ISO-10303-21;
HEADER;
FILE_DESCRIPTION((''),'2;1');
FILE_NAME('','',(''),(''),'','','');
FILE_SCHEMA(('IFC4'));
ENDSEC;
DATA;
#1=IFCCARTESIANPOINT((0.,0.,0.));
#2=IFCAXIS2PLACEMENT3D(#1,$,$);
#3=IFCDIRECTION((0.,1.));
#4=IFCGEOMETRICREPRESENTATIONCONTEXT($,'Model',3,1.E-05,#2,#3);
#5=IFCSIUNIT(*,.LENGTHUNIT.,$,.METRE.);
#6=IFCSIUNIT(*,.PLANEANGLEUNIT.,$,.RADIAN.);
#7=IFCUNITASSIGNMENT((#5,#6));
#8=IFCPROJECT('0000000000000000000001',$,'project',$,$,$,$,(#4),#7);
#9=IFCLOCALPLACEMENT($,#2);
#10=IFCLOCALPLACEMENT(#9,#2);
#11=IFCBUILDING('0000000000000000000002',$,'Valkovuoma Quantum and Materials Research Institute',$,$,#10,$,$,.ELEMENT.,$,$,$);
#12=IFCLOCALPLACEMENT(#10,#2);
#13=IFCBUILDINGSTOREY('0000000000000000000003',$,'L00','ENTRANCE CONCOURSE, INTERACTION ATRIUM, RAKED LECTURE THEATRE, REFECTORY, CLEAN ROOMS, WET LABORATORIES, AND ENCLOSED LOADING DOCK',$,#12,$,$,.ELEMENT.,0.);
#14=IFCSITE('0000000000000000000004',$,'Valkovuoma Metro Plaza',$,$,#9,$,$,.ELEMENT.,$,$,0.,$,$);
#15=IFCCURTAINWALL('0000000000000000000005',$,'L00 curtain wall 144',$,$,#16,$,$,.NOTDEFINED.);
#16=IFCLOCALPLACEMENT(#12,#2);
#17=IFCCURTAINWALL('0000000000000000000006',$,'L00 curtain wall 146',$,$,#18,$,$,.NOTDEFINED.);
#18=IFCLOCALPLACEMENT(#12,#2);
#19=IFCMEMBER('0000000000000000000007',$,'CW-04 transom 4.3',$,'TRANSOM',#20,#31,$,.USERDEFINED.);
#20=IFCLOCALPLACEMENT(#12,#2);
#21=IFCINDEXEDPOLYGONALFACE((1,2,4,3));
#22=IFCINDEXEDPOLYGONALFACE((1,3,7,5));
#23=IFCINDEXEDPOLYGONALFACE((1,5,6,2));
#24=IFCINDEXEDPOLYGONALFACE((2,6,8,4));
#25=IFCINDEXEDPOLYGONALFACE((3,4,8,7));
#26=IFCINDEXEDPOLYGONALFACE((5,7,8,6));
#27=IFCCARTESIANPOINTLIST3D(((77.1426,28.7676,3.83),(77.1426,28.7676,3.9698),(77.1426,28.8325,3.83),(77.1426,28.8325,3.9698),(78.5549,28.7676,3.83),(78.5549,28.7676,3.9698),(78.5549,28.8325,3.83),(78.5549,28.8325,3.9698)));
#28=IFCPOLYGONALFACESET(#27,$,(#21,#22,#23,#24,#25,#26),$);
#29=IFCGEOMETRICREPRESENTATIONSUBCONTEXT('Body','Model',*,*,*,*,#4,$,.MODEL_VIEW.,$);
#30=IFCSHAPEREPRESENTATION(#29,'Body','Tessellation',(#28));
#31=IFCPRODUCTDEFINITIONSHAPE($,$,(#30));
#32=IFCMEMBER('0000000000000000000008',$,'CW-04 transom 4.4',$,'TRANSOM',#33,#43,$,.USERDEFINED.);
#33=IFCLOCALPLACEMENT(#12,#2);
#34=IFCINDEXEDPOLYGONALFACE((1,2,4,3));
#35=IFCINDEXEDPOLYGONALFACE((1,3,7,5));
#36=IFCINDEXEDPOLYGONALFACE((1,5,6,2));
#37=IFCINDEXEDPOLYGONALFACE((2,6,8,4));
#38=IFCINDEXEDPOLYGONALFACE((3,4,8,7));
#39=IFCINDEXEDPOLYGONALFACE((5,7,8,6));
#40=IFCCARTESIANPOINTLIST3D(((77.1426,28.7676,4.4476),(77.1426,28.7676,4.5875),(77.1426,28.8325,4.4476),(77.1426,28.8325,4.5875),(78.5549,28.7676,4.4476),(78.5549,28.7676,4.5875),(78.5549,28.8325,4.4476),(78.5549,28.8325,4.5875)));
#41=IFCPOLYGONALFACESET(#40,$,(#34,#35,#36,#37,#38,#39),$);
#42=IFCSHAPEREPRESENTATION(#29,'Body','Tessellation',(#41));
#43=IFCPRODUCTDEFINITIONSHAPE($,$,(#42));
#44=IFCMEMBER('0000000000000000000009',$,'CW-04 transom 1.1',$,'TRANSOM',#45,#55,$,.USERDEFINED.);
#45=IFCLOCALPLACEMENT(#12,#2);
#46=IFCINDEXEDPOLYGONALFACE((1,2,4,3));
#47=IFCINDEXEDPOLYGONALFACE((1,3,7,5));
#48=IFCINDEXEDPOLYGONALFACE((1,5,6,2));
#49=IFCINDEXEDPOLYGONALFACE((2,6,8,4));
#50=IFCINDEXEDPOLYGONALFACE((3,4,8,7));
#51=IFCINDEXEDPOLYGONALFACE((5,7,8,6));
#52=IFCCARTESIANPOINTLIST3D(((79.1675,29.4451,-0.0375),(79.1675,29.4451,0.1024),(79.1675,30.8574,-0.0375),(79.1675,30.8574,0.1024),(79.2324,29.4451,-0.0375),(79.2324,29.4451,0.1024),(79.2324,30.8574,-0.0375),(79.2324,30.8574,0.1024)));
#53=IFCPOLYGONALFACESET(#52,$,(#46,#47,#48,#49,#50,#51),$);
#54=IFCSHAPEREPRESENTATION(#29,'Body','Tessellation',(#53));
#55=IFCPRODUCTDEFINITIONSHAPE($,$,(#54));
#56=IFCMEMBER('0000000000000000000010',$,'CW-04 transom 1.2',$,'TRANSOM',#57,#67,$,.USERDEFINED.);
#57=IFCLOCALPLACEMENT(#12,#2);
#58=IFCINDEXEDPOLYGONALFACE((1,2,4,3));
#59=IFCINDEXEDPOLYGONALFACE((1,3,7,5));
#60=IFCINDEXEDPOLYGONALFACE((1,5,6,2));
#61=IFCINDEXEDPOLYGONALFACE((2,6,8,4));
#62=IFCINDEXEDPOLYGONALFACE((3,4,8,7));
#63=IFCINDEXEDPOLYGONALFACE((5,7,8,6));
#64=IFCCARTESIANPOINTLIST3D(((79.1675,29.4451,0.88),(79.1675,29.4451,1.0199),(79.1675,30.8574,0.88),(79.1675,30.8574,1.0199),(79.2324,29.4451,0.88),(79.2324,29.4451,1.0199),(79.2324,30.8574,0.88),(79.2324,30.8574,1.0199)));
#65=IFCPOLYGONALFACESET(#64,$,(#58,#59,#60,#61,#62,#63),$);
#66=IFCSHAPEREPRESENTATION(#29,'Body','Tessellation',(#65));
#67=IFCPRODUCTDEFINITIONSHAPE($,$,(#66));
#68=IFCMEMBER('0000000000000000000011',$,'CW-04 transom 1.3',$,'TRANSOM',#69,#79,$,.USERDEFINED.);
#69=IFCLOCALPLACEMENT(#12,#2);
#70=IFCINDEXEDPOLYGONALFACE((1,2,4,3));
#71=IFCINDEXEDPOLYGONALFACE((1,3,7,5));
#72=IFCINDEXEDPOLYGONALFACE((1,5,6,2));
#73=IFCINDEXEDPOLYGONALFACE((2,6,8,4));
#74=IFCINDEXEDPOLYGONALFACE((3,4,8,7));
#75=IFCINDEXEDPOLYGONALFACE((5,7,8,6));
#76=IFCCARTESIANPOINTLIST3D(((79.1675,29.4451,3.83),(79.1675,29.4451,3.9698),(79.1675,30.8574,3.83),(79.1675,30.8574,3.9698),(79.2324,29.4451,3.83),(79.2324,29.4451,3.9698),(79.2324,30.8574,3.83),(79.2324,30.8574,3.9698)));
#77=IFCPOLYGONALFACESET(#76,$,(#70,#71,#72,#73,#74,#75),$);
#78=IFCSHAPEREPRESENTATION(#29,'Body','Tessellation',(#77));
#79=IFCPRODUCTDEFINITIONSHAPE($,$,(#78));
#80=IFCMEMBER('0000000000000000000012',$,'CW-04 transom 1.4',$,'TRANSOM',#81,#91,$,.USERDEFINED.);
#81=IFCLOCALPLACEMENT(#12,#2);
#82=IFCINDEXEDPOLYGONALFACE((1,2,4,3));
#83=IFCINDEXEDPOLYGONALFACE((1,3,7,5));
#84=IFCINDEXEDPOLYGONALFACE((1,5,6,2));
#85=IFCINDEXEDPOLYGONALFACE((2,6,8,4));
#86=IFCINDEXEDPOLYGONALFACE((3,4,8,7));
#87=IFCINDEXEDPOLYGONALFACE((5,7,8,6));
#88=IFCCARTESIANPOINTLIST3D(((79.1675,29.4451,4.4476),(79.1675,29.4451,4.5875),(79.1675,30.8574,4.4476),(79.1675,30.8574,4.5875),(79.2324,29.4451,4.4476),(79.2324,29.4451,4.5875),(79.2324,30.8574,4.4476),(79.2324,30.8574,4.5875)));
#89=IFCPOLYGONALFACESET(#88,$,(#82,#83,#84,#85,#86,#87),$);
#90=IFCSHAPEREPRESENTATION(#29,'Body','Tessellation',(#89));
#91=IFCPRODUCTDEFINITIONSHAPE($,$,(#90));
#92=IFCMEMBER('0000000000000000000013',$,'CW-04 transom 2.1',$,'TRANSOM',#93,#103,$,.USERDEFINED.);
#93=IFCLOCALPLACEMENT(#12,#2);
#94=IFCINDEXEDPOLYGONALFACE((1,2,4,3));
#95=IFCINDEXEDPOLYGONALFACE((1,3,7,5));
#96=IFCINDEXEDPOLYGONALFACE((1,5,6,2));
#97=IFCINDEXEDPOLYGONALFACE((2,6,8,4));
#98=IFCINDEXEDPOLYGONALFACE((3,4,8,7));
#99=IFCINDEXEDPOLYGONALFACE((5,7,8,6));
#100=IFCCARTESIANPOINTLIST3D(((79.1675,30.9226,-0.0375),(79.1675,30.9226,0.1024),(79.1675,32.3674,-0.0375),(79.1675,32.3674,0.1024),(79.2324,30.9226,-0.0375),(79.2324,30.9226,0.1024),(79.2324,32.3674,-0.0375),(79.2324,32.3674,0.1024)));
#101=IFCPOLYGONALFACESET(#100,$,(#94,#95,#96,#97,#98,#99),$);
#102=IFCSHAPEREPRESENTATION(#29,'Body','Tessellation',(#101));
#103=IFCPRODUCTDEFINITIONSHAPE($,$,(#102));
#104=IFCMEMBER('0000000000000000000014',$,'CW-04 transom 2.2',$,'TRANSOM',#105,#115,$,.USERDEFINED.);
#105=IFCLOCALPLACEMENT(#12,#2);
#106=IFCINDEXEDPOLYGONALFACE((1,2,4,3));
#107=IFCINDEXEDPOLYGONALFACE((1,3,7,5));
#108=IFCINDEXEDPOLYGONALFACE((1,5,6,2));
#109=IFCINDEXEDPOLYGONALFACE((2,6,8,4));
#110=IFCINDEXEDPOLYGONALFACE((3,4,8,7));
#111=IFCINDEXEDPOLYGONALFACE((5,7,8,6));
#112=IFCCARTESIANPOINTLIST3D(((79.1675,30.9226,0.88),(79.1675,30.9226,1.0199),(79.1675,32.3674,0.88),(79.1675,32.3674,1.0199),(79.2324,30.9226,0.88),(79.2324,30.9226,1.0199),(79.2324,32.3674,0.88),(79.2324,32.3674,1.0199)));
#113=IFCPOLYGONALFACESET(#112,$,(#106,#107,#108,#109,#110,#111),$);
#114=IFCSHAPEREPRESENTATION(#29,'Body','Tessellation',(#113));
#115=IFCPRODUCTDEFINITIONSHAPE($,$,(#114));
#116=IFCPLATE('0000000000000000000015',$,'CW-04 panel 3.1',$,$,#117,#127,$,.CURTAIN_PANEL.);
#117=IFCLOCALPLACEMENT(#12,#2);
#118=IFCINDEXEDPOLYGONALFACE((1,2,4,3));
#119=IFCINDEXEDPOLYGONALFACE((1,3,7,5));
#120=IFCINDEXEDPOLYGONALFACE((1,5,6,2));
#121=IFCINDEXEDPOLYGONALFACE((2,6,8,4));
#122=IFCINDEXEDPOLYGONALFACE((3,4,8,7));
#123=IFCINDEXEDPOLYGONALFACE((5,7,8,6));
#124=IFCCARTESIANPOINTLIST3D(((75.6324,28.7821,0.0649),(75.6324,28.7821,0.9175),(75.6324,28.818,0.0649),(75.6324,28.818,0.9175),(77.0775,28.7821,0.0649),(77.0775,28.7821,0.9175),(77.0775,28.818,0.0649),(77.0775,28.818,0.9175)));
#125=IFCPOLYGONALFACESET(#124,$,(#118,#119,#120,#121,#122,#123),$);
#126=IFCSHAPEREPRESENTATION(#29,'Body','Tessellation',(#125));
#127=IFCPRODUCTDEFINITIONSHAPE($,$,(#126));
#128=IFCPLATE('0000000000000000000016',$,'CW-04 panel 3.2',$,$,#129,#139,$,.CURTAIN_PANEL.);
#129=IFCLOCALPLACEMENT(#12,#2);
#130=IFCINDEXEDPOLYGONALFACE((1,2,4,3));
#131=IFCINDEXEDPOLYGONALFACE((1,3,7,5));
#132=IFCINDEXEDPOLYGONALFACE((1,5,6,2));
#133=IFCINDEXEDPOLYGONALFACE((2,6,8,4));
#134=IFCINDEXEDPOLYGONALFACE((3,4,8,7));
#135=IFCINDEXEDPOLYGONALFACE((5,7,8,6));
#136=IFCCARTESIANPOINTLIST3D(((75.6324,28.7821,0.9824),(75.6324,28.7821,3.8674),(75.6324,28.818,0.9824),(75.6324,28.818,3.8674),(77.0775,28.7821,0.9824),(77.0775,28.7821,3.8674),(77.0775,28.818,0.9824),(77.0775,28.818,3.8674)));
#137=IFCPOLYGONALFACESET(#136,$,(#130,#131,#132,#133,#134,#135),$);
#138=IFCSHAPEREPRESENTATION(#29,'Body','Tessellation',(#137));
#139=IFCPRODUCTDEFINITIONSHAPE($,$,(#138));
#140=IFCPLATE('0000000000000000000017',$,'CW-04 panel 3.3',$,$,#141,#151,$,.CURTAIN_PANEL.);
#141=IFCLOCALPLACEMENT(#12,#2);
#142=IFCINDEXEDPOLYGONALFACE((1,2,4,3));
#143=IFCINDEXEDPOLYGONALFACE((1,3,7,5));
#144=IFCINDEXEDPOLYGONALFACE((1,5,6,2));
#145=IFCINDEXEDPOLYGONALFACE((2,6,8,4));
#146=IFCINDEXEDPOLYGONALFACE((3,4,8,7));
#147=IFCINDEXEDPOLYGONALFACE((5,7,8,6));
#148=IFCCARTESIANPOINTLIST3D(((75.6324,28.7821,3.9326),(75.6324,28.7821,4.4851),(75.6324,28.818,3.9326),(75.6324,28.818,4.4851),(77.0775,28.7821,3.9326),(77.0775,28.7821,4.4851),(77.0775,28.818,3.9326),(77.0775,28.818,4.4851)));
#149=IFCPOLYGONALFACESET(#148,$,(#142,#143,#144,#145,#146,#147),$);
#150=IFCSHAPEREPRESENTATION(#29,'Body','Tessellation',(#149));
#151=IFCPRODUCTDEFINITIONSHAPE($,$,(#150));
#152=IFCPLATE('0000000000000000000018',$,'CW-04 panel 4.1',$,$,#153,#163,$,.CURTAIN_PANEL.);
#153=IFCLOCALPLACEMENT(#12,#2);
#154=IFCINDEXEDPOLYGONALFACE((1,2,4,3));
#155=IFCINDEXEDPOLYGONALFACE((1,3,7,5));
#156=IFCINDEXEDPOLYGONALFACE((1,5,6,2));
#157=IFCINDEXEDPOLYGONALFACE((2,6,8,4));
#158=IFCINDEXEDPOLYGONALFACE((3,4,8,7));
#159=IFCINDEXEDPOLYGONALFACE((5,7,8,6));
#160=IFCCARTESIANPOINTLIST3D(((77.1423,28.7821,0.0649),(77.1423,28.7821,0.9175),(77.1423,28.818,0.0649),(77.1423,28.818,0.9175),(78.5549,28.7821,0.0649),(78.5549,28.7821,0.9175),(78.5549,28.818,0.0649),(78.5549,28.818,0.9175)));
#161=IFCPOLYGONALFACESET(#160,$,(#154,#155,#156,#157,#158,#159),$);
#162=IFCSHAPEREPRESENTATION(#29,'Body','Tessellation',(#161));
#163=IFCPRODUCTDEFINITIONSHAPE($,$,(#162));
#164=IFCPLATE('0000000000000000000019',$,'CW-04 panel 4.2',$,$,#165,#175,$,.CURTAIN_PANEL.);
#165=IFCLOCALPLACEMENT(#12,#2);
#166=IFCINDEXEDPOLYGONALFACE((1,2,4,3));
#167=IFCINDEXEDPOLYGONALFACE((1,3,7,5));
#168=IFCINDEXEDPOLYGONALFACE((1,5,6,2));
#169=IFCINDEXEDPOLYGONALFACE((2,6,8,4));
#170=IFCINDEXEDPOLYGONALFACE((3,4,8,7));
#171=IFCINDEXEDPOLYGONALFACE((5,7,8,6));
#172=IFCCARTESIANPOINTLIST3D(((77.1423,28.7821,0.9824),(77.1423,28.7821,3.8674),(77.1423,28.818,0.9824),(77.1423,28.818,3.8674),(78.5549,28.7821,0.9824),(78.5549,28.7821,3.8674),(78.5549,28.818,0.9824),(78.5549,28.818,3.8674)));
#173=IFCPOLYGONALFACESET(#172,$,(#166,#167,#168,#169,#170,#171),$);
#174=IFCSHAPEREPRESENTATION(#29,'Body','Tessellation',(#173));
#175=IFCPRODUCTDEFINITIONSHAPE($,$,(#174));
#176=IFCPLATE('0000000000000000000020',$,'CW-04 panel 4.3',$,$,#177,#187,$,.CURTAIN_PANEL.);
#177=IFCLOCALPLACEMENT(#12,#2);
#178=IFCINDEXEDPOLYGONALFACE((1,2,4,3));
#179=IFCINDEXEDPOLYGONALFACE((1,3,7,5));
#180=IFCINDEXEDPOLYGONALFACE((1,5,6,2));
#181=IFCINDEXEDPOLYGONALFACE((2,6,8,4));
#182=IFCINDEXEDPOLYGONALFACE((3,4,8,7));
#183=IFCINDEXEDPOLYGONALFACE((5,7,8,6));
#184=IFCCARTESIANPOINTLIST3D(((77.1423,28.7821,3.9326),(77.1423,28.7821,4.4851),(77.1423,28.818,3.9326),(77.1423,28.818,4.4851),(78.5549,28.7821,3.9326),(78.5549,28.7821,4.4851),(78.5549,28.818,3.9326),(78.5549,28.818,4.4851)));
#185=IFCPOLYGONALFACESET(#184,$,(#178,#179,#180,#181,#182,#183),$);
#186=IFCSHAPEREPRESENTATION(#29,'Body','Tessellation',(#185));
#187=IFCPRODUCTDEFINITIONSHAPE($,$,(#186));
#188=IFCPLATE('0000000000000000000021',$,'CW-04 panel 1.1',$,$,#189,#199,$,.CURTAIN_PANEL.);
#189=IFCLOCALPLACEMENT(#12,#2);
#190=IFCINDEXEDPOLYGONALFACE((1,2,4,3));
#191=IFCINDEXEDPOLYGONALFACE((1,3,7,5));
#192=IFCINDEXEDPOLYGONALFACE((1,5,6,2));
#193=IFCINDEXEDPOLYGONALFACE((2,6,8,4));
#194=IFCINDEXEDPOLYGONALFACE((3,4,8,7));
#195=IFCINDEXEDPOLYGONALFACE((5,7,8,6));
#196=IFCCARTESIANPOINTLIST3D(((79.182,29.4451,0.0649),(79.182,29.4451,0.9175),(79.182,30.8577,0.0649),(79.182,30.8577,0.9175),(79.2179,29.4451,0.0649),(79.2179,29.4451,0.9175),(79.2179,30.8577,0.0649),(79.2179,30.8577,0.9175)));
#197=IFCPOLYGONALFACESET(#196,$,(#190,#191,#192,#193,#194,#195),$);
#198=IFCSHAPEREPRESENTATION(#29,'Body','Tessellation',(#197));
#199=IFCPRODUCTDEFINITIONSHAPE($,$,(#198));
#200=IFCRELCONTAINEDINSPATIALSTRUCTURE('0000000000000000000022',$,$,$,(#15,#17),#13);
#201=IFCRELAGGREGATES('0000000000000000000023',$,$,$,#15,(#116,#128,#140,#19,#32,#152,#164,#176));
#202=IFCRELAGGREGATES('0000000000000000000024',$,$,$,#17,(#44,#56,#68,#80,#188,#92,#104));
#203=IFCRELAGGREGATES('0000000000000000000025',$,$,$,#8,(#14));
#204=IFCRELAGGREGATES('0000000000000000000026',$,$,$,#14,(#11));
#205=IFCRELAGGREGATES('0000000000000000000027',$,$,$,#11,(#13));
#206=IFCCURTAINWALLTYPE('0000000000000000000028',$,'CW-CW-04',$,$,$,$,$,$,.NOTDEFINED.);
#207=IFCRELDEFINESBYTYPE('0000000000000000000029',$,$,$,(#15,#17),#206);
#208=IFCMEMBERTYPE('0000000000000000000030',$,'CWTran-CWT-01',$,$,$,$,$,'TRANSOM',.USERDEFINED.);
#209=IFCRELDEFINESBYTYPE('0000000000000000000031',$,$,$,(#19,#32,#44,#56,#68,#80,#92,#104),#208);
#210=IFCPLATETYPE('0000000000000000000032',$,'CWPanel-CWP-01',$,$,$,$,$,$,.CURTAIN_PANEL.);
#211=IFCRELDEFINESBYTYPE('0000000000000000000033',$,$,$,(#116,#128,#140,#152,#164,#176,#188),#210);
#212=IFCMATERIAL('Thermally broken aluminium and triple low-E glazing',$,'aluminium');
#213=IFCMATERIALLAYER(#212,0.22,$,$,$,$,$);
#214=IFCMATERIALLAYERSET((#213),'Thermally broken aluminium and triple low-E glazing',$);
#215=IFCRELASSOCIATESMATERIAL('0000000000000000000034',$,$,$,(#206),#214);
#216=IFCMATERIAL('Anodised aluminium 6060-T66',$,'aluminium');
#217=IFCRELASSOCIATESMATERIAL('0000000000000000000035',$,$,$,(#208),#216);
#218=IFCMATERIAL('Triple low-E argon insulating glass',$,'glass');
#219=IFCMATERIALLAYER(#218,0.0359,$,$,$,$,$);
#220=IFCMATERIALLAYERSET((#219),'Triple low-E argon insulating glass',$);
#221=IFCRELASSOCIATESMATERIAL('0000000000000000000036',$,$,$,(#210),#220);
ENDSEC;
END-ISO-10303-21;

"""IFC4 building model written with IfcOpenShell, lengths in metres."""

from ifc_helpers import new_model, si_unit, direction, frame, origin, origin_2d, place, context, subcontext, project, spatial, rectangle, extrude, material, layer, layer_set, material_profile, profile_set, type_object, element, aggregate, save


model = new_model("IFC4")

# Units and contexts
model_context = context("Model", 3, precision=1e-05, world=origin(), true_north=direction((0.0, 1.0)))
body_context = subcontext(model_context, "Body", "Model", "MODEL_VIEW")
ifc_project = project(units=[si_unit("LENGTHUNIT", "METRE"), si_unit("PLANEANGLEUNIT", "RADIAN")], contexts=[model_context])

# Site, building, storey
site_placement = place(None, origin())
site = spatial("IfcSite", under=ifc_project, at=site_placement, Name="Valkovuoma Metro Plaza", CompositionType="ELEMENT", RefElevation=0.0)
building_placement = place(site_placement, origin())
building = spatial("IfcBuilding", under=site, at=building_placement, Name="Valkovuoma Quantum and Materials Research Institute", CompositionType="ELEMENT")
storey_placement = place(building_placement, origin())
storey = spatial("IfcBuildingStorey", under=building, at=storey_placement, Name="L00", Description="ENTRANCE CONCOURSE, INTERACTION ATRIUM, RAKED LECTURE THEATRE, REFECTORY, CLEAN ROOMS, WET LABORATORIES, AND ENCLOSED LOADING DOCK", CompositionType="ELEMENT", Elevation=0.0)

# Curtain walls
ifc_material_1 = material(Name="Thermally broken aluminium and triple low-E glazing", Category="aluminium")
ifc_layer_1 = layer(ifc_material_1, 0.22)
ifc_layer_set_1 = layer_set([ifc_layer_1], Name="Thermally broken aluminium and triple low-E glazing")
curtain_wall_type = type_object("IfcCurtainWallType", Name="CW-CW-04", PredefinedType="NOTDEFINED", material=ifc_layer_set_1)
curtain_wall_1_placement = place(storey_placement, origin())
curtain_wall_1 = element("IfcCurtainWall", 1, at=curtain_wall_1_placement, inside=storey, type_object=curtain_wall_type, Name="L00 curtain wall 144", PredefinedType="NOTDEFINED")
curtain_wall_2_placement = place(storey_placement, origin())
curtain_wall_2 = element("IfcCurtainWall", 2, at=curtain_wall_2_placement, inside=storey, type_object=curtain_wall_type, Name="L00 curtain wall 146", PredefinedType="NOTDEFINED")

# Members
ifc_material_2 = material(Name="Anodised aluminium 6060-T66", Category="aluminium")
ifc_material_profile_1 = material_profile(ifc_material_2, rectangle(XDim=0.0649, YDim=0.1399, at=origin_2d()), Name="Anodised aluminium 6060-T66")
ifc_profile_set_1 = profile_set([ifc_material_profile_1], Name="Anodised aluminium 6060-T66")
member_type_1 = type_object("IfcMemberType", Name="CWTran-CWT-01", ElementType="TRANSOM", PredefinedType="USERDEFINED", material=ifc_profile_set_1)
member_1_placement = place(storey_placement, frame((77.1426, 28.8, 3.8999), z_axis=(1.0, 0.0, 0.0), x_axis=(0.0, 1.0, 0.0)))
member_1 = element("IfcMember", 3, at=member_1_placement, type_object=member_type_1, Name="CW-04 transom 4.3", ObjectType="TRANSOM", PredefinedType="USERDEFINED", context=body_context, shape_type="SweptSolid", body=[
    extrude(rectangle(XDim=0.0649, YDim=0.1399, at=origin_2d()), origin(), (0.0, 0.0, 1.0), 1.4124),
])
member_2_placement = place(storey_placement, frame((77.1426, 28.8, 4.5176), z_axis=(1.0, 0.0, 0.0), x_axis=(0.0, 1.0, 0.0)))
member_2 = element("IfcMember", 4, at=member_2_placement, type_object=member_type_1, Name="CW-04 transom 4.4", ObjectType="TRANSOM", PredefinedType="USERDEFINED", context=body_context, shape_type="SweptSolid", body=[
    extrude(rectangle(XDim=0.0649, YDim=0.1399, at=origin_2d()), origin(), (0.0, 0.0, 1.0), 1.4124),
])
member_3_placement = place(storey_placement, frame((79.2, 29.4451, 0.0325), z_axis=(0.0, 1.0, 0.0), x_axis=(-1.0, 0.0, 0.0)))
member_3 = element("IfcMember", 5, at=member_3_placement, type_object=member_type_1, Name="CW-04 transom 1.1", ObjectType="TRANSOM", PredefinedType="USERDEFINED", context=body_context, shape_type="SweptSolid", body=[
    extrude(rectangle(XDim=0.0649, YDim=0.1399, at=origin_2d()), origin(), (0.0, 0.0, 1.0), 1.4124),
])
member_4_placement = place(storey_placement, frame((79.2, 29.4451, 0.95), z_axis=(0.0, 1.0, 0.0), x_axis=(-1.0, 0.0, 0.0)))
member_4 = element("IfcMember", 6, at=member_4_placement, type_object=member_type_1, Name="CW-04 transom 1.2", ObjectType="TRANSOM", PredefinedType="USERDEFINED", context=body_context, shape_type="SweptSolid", body=[
    extrude(rectangle(XDim=0.0649, YDim=0.1399, at=origin_2d()), origin(), (0.0, 0.0, 1.0), 1.4124),
])
member_5_placement = place(storey_placement, frame((79.2, 29.4451, 3.8999), z_axis=(0.0, 1.0, 0.0), x_axis=(-1.0, 0.0, 0.0)))
member_5 = element("IfcMember", 7, at=member_5_placement, type_object=member_type_1, Name="CW-04 transom 1.3", ObjectType="TRANSOM", PredefinedType="USERDEFINED", context=body_context, shape_type="SweptSolid", body=[
    extrude(rectangle(XDim=0.0649, YDim=0.1399, at=origin_2d()), origin(), (0.0, 0.0, 1.0), 1.4124),
])
member_6_placement = place(storey_placement, frame((79.2, 29.4451, 4.5176), z_axis=(0.0, 1.0, 0.0), x_axis=(-1.0, 0.0, 0.0)))
member_6 = element("IfcMember", 8, at=member_6_placement, type_object=member_type_1, Name="CW-04 transom 1.4", ObjectType="TRANSOM", PredefinedType="USERDEFINED", context=body_context, shape_type="SweptSolid", body=[
    extrude(rectangle(XDim=0.0649, YDim=0.1399, at=origin_2d()), origin(), (0.0, 0.0, 1.0), 1.4124),
])
member_7_placement = place(storey_placement, frame((79.2, 30.9226, 0.0325), z_axis=(0.0, 1.0, 0.0), x_axis=(-1.0, 0.0, 0.0)))
member_7 = element("IfcMember", 9, at=member_7_placement, type_object=member_type_1, Name="CW-04 transom 2.1", ObjectType="TRANSOM", PredefinedType="USERDEFINED", context=body_context, shape_type="SweptSolid", body=[
    extrude(rectangle(XDim=0.0649, YDim=0.1399, at=origin_2d()), origin(), (0.0, 0.0, 1.0), 1.4448),
])
member_8_placement = place(storey_placement, frame((79.2, 30.9226, 0.95), z_axis=(0.0, 1.0, 0.0), x_axis=(-1.0, 0.0, 0.0)))
member_8 = element("IfcMember", 10, at=member_8_placement, type_object=member_type_1, Name="CW-04 transom 2.2", ObjectType="TRANSOM", PredefinedType="USERDEFINED", context=body_context, shape_type="SweptSolid", body=[
    extrude(rectangle(XDim=0.0649, YDim=0.1399, at=origin_2d()), origin(), (0.0, 0.0, 1.0), 1.4448),
])

# Plates
ifc_material_3 = material(Name="Triple low-E argon insulating glass", Category="glass")
ifc_layer_2 = layer(ifc_material_3, 0.0359)
ifc_layer_set_2 = layer_set([ifc_layer_2], Name="Triple low-E argon insulating glass")
plate_type_1 = type_object("IfcPlateType", Name="CWPanel-CWP-01", PredefinedType="CURTAIN_PANEL", material=ifc_layer_set_2)
plate_1_placement = place(storey_placement, frame((76.355, 28.8, 0.0649), z_axis=(0.0, 0.0, 1.0), x_axis=(1.0, 0.0, 0.0)))
plate_1 = element("IfcPlate", 11, at=plate_1_placement, type_object=plate_type_1, Name="CW-04 panel 3.1", PredefinedType="CURTAIN_PANEL", context=body_context, shape_type="SweptSolid", body=[
    extrude(rectangle(XDim=1.4451, YDim=0.0359, at=origin_2d()), origin(), (0.0, 0.0, 1.0), 0.8525),
])
plate_2_placement = place(storey_placement, frame((76.355, 28.8, 0.9824), z_axis=(0.0, 0.0, 1.0), x_axis=(1.0, 0.0, 0.0)))
plate_2 = element("IfcPlate", 12, at=plate_2_placement, type_object=plate_type_1, Name="CW-04 panel 3.2", PredefinedType="CURTAIN_PANEL", context=body_context, shape_type="SweptSolid", body=[
    extrude(rectangle(XDim=1.4451, YDim=0.0359, at=origin_2d()), origin(), (0.0, 0.0, 1.0), 2.885),
])
plate_3_placement = place(storey_placement, frame((76.355, 28.8, 3.9326), z_axis=(0.0, 0.0, 1.0), x_axis=(1.0, 0.0, 0.0)))
plate_3 = element("IfcPlate", 13, at=plate_3_placement, type_object=plate_type_1, Name="CW-04 panel 3.3", PredefinedType="CURTAIN_PANEL", context=body_context, shape_type="SweptSolid", body=[
    extrude(rectangle(XDim=1.4451, YDim=0.0359, at=origin_2d()), origin(), (0.0, 0.0, 1.0), 0.5525),
])
plate_4_placement = place(storey_placement, frame((77.8486, 28.8, 0.0649), z_axis=(0.0, 0.0, 1.0), x_axis=(1.0, 0.0, 0.0)))
plate_4 = element("IfcPlate", 14, at=plate_4_placement, type_object=plate_type_1, Name="CW-04 panel 4.1", PredefinedType="CURTAIN_PANEL", context=body_context, shape_type="SweptSolid", body=[
    extrude(rectangle(XDim=1.4126, YDim=0.0359, at=origin_2d()), origin(), (0.0, 0.0, 1.0), 0.8525),
])
plate_5_placement = place(storey_placement, frame((77.8486, 28.8, 0.9824), z_axis=(0.0, 0.0, 1.0), x_axis=(1.0, 0.0, 0.0)))
plate_5 = element("IfcPlate", 15, at=plate_5_placement, type_object=plate_type_1, Name="CW-04 panel 4.2", PredefinedType="CURTAIN_PANEL", context=body_context, shape_type="SweptSolid", body=[
    extrude(rectangle(XDim=1.4126, YDim=0.0359, at=origin_2d()), origin(), (0.0, 0.0, 1.0), 2.885),
])
plate_6_placement = place(storey_placement, frame((77.8486, 28.8, 3.9326), z_axis=(0.0, 0.0, 1.0), x_axis=(1.0, 0.0, 0.0)))
plate_6 = element("IfcPlate", 16, at=plate_6_placement, type_object=plate_type_1, Name="CW-04 panel 4.3", PredefinedType="CURTAIN_PANEL", context=body_context, shape_type="SweptSolid", body=[
    extrude(rectangle(XDim=1.4126, YDim=0.0359, at=origin_2d()), origin(), (0.0, 0.0, 1.0), 0.5525),
])
aggregate(curtain_wall_1, [plate_1, plate_2, plate_3, member_1, member_2, plate_4, plate_5, plate_6])
plate_7_placement = place(storey_placement, frame((79.2, 30.1514, 0.0649), z_axis=(0.0, 0.0, 1.0), x_axis=(0.0, 1.0, 0.0)))
plate_7 = element("IfcPlate", 17, at=plate_7_placement, type_object=plate_type_1, Name="CW-04 panel 1.1", PredefinedType="CURTAIN_PANEL", context=body_context, shape_type="SweptSolid", body=[
    extrude(rectangle(XDim=1.4126, YDim=0.0359, at=origin_2d()), origin(), (0.0, 0.0, 1.0), 0.8525),
])
aggregate(curtain_wall_2, [member_3, member_4, member_5, member_6, plate_7, member_7, member_8])

save(model, "model.ifc")
